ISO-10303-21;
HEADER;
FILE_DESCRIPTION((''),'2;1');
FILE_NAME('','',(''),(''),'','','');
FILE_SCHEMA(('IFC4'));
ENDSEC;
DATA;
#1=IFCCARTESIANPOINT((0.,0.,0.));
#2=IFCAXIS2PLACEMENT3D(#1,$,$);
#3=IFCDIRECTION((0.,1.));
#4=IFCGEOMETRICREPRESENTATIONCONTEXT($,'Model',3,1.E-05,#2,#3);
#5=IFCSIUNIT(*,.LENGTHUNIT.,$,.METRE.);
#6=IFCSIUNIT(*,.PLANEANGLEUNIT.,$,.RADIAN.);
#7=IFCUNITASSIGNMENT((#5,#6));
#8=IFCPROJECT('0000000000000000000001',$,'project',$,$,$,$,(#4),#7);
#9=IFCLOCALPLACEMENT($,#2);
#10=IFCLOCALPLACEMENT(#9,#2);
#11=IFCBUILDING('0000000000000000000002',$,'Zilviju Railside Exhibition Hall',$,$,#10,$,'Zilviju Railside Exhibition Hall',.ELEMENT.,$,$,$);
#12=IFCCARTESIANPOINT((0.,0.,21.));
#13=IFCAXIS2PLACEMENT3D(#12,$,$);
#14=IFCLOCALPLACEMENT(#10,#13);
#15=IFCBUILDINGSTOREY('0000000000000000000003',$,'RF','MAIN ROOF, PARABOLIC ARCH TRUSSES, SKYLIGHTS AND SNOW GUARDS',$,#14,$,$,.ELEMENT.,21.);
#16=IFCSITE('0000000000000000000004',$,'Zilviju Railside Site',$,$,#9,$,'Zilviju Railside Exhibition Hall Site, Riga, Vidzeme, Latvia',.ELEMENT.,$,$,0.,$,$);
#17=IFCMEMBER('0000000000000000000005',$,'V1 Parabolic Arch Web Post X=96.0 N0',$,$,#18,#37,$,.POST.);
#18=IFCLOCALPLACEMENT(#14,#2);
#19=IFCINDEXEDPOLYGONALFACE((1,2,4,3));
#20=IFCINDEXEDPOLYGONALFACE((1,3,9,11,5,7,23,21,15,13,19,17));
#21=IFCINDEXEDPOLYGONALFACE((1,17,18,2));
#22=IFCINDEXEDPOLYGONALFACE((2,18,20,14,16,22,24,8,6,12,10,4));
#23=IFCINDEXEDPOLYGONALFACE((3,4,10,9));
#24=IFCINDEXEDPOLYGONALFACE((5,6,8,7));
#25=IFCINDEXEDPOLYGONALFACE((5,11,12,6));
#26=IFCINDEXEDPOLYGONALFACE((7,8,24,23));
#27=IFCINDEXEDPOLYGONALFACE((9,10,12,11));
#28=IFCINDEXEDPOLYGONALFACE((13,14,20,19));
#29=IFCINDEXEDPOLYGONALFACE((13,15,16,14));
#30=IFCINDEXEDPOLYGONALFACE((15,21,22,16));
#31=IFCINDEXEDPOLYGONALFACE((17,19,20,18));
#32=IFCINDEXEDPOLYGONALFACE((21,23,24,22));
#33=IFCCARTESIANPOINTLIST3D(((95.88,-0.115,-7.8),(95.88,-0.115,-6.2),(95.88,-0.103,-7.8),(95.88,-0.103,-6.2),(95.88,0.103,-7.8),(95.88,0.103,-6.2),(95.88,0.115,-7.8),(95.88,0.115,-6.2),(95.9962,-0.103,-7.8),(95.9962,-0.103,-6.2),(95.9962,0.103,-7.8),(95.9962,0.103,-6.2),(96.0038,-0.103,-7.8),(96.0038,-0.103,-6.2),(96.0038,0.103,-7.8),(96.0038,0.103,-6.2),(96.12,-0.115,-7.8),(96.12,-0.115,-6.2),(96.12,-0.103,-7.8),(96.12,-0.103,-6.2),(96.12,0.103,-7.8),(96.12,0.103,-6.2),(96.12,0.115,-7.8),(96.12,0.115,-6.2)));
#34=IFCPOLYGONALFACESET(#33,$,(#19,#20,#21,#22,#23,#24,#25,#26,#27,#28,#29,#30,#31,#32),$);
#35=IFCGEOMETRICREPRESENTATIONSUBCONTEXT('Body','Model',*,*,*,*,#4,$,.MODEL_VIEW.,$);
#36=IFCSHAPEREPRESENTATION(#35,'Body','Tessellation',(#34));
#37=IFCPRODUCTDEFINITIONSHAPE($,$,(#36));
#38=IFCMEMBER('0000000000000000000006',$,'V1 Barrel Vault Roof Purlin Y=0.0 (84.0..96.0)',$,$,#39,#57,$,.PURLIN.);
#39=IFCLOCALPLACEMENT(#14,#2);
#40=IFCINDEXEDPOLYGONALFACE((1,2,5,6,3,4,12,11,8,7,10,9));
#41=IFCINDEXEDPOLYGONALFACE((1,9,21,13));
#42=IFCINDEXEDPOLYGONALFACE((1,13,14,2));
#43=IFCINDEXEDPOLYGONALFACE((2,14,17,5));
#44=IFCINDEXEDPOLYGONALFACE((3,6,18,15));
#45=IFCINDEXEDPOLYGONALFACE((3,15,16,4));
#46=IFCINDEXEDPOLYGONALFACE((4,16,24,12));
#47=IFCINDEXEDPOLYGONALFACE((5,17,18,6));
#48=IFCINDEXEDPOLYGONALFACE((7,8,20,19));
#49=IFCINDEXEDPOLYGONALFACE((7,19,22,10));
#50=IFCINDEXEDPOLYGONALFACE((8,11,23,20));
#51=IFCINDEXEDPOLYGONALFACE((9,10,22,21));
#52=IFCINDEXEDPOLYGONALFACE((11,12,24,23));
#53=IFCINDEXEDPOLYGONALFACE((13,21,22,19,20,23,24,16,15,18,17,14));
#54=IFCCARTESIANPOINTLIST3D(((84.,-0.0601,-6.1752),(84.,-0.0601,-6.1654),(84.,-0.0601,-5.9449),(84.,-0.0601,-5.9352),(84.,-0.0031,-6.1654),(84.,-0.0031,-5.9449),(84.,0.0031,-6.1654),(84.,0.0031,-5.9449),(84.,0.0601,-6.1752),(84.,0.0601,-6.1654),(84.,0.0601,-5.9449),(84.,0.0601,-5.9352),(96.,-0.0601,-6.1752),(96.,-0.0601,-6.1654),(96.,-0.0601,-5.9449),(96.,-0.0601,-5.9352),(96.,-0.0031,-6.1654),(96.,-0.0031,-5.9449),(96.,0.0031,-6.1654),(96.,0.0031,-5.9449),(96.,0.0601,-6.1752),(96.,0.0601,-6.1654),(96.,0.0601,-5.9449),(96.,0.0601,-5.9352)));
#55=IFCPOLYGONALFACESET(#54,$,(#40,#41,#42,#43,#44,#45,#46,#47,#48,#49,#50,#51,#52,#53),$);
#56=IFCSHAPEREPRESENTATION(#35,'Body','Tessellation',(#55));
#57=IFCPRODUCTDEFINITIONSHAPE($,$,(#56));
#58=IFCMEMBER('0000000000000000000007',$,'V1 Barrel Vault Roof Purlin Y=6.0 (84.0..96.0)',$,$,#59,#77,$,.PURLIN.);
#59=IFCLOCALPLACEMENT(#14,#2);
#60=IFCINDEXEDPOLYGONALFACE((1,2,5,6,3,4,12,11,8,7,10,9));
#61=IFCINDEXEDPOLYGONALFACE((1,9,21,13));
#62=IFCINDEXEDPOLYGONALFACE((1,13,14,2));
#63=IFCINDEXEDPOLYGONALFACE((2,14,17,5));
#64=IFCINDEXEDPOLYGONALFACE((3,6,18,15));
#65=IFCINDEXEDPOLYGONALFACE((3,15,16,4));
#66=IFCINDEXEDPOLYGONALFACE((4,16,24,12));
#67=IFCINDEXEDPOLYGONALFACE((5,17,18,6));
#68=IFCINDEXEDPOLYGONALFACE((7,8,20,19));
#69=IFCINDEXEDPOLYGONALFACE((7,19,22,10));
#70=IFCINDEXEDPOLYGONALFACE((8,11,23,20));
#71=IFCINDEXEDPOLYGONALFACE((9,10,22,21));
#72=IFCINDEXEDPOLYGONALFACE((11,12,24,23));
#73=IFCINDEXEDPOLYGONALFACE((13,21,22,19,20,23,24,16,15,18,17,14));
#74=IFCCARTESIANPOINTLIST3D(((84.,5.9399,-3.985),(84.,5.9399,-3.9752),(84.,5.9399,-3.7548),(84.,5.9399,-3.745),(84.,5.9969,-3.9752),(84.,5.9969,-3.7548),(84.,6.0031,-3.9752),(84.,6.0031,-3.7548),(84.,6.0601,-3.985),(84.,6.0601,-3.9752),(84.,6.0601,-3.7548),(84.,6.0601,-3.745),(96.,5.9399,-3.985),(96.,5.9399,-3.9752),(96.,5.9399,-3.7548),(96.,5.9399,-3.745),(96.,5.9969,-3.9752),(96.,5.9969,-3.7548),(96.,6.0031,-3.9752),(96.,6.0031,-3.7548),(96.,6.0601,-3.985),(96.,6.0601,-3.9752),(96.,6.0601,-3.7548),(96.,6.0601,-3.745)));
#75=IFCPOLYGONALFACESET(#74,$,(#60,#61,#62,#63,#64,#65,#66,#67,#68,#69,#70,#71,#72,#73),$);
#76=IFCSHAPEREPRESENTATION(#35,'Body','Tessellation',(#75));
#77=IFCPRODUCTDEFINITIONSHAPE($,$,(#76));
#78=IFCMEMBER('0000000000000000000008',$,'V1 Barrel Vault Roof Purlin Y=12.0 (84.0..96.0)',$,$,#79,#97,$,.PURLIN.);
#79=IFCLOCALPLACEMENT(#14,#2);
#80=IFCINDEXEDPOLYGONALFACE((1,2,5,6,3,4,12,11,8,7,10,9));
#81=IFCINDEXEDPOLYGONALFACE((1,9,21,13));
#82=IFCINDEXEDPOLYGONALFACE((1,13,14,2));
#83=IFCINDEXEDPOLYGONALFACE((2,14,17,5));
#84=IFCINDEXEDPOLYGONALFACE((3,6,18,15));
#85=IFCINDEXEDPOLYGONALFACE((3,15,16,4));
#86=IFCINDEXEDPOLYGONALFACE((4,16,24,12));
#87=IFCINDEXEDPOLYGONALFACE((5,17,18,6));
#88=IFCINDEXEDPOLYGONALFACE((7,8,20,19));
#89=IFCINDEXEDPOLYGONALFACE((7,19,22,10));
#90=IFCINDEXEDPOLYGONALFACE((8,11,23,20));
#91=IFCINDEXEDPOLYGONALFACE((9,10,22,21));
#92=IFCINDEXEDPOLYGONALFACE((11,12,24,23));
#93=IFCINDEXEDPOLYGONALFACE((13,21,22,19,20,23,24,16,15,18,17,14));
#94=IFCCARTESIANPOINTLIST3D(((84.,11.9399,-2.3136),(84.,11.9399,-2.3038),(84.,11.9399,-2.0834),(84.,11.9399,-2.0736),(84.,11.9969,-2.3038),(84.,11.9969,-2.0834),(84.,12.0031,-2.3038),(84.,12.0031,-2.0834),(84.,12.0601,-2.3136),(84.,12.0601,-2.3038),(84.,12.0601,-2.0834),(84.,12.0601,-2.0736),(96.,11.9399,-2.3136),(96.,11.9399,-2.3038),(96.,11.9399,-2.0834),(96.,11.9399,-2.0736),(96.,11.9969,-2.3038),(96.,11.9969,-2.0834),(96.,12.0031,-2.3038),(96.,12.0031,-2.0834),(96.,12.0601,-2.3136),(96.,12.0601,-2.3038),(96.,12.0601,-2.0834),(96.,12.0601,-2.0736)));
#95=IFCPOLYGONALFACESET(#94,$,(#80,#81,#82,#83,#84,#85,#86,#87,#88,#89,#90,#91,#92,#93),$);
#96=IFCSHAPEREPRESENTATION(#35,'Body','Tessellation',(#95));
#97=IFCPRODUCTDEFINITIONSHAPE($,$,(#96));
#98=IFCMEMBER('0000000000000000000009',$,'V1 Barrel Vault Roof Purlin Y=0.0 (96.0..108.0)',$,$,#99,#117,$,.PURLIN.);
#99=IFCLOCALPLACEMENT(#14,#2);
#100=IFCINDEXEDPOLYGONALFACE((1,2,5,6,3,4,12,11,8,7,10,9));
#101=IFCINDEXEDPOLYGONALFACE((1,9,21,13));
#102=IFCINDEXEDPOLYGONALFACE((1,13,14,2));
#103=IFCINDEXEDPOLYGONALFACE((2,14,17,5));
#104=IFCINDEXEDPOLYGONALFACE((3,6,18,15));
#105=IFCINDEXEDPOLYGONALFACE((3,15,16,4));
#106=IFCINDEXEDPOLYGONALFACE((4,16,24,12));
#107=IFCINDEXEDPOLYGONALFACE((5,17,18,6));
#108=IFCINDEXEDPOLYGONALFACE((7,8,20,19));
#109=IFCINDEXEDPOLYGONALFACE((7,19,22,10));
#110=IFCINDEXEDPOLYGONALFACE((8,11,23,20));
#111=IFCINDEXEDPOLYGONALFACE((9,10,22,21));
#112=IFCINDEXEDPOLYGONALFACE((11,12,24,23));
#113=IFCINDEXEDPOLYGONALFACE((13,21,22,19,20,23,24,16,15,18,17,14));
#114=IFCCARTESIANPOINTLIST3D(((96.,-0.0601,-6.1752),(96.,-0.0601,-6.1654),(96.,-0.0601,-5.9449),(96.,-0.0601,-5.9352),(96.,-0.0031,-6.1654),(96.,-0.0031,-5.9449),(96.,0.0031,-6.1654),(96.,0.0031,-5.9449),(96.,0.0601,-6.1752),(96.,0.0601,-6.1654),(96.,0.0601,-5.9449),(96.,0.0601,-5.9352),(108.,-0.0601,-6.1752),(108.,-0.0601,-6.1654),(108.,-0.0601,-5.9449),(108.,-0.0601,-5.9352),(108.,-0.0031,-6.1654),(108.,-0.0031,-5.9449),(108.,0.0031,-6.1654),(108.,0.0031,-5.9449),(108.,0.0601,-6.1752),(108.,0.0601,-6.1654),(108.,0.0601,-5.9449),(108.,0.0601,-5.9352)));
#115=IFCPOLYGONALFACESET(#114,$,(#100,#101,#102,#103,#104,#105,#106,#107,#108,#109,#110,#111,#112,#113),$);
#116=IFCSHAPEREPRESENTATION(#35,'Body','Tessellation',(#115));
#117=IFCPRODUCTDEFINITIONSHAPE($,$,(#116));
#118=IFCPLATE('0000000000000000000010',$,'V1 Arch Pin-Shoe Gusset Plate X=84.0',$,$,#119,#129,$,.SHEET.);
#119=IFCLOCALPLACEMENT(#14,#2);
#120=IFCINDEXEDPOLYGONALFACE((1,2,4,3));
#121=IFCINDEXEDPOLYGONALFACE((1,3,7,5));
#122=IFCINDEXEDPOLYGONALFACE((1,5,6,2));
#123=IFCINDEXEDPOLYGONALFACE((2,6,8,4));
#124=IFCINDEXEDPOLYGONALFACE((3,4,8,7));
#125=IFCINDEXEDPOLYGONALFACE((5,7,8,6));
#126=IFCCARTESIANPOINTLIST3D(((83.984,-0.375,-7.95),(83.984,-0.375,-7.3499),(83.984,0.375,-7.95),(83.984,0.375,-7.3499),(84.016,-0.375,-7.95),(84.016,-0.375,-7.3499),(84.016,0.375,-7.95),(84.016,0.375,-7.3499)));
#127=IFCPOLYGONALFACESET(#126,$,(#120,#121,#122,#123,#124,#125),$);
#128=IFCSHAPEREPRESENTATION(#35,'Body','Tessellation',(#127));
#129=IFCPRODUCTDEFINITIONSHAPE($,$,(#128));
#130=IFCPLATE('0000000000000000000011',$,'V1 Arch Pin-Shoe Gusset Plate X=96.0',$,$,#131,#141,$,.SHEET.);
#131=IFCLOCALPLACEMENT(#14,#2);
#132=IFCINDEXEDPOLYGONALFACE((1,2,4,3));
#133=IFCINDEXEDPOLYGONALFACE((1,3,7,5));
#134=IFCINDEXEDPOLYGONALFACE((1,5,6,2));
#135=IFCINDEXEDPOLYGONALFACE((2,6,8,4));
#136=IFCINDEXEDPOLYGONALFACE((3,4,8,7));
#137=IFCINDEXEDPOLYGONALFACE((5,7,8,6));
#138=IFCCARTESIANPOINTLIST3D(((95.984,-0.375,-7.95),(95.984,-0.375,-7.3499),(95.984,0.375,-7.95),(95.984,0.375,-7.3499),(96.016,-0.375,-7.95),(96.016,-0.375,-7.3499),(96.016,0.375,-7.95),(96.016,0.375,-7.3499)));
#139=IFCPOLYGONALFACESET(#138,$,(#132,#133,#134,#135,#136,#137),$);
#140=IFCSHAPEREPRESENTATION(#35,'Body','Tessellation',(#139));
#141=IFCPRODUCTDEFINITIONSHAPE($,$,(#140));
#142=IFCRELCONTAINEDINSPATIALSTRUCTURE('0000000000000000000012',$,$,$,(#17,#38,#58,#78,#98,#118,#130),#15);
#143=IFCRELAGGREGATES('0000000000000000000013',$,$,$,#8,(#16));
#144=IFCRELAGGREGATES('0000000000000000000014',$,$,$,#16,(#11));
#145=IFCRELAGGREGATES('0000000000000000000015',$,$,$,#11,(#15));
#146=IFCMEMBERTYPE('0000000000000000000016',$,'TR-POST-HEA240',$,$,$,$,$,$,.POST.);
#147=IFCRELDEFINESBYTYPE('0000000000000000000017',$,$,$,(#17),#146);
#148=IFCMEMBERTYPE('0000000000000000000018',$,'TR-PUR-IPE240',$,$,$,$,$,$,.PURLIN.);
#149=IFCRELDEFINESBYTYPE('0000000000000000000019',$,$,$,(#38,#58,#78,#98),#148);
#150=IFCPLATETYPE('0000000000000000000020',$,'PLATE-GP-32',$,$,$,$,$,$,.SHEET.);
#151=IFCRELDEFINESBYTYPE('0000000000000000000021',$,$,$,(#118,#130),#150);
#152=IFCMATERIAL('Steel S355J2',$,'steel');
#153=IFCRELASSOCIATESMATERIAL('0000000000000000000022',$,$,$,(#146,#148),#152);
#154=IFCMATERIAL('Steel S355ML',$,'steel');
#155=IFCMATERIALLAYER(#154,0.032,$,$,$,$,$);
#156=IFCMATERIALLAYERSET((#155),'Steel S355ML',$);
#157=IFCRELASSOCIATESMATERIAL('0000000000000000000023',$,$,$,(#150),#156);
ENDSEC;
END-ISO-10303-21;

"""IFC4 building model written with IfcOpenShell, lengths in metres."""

from ifc_helpers import new_model, si_unit, direction, frame, origin, origin_2d, place, context, subcontext, project, spatial, rectangle, i_section, extrude, material, layer, layer_set, material_profile, profile_set, type_object, element, save


model = new_model("IFC4")

# Units and contexts
model_context = context("Model", 3, precision=1e-05, world=origin(), true_north=direction((0.0, 1.0)))
body_context = subcontext(model_context, "Body", "Model", "MODEL_VIEW")
ifc_project = project(units=[si_unit("LENGTHUNIT", "METRE"), si_unit("PLANEANGLEUNIT", "RADIAN")], contexts=[model_context])

# Site, building, storey
site_placement = place(None, origin())
site = spatial("IfcSite", under=ifc_project, at=site_placement, Name="Zilviju Railside Site", LongName="Zilviju Railside Exhibition Hall Site, Riga, Vidzeme, Latvia", CompositionType="ELEMENT", RefElevation=0.0)
building_placement = place(site_placement, origin())
building = spatial("IfcBuilding", under=site, at=building_placement, Name="Zilviju Railside Exhibition Hall", LongName="Zilviju Railside Exhibition Hall", CompositionType="ELEMENT")
storey_placement = place(building_placement, frame((0.0, 0.0, 21.0)))
storey = spatial("IfcBuildingStorey", under=building, at=storey_placement, Name="RF", Description="MAIN ROOF, PARABOLIC ARCH TRUSSES, SKYLIGHTS AND SNOW GUARDS", CompositionType="ELEMENT", Elevation=21.0)

# Members
ifc_material_1 = material(Name="Steel S355J2", Category="steel")
ifc_material_profile_1 = material_profile(ifc_material_1, i_section(OverallWidth=0.24, OverallDepth=0.23, WebThickness=0.0076, FlangeThickness=0.012, at=origin_2d()), Name="HEA 240")
ifc_profile_set_1 = profile_set([ifc_material_profile_1], Name="Steel S355J2")
member_type_1 = type_object("IfcMemberType", Name="TR-POST-HEA240", PredefinedType="POST", material=ifc_profile_set_1)
for number, where, z_axis, x_axis, name in (
    (1, (96.0, 0.0, -7.8), (0.0, 0.0, 1.0), (1.0, 0.0, 0.0), "V1 Parabolic Arch Web Post X=96.0 N0"),
):
    element("IfcMember", number, at=place(storey_placement, frame(where, z_axis=z_axis, x_axis=x_axis)), inside=storey, type_object=member_type_1, Name=name, PredefinedType="POST", context=body_context, shape_type="SweptSolid", body=[
        extrude(i_section(OverallWidth=0.24, OverallDepth=0.23, WebThickness=0.0076, FlangeThickness=0.012, at=origin_2d()), origin(), (0.0, 0.0, 1.0), 1.6001),
    ])
ifc_material_profile_2 = material_profile(ifc_material_1, i_section(OverallWidth=0.1201, OverallDepth=0.24, WebThickness=0.0061, FlangeThickness=0.0098, at=origin_2d()), Name="IPE 240")
ifc_profile_set_2 = profile_set([ifc_material_profile_2], Name="Steel S355J2")
member_type_2 = type_object("IfcMemberType", Name="TR-PUR-IPE240", PredefinedType="PURLIN", material=ifc_profile_set_2)
for number, where, z_axis, x_axis, name in (
    (2, (84.0, 0.0, -6.0552), (1.0, 0.0, 0.0), (0.0, 1.0, 0.0), "V1 Barrel Vault Roof Purlin Y=0.0 (84.0..96.0)"),
    (3, (84.0, 6.0, -3.865), (1.0, 0.0, 0.0), (0.0, 1.0, 0.0), "V1 Barrel Vault Roof Purlin Y=6.0 (84.0..96.0)"),
    (4, (84.0, 12.0, -2.1936), (1.0, 0.0, 0.0), (0.0, 1.0, 0.0), "V1 Barrel Vault Roof Purlin Y=12.0 (84.0..96.0)"),
    (5, (96.0, 0.0, -6.0552), (1.0, 0.0, 0.0), (0.0, 1.0, 0.0), "V1 Barrel Vault Roof Purlin Y=0.0 (96.0..108.0)"),
):
    element("IfcMember", number, at=place(storey_placement, frame(where, z_axis=z_axis, x_axis=x_axis)), inside=storey, type_object=member_type_2, Name=name, PredefinedType="PURLIN", context=body_context, shape_type="SweptSolid", body=[
        extrude(i_section(OverallWidth=0.1201, OverallDepth=0.24, WebThickness=0.0061, FlangeThickness=0.0098, at=origin_2d()), origin(), (0.0, 0.0, 1.0), 12.0),
    ])

# Plates
ifc_material_2 = material(Name="Steel S355ML", Category="steel")
ifc_layer = layer(ifc_material_2, 0.032)
ifc_layer_set = layer_set([ifc_layer], Name="Steel S355ML")
plate_type = type_object("IfcPlateType", Name="PLATE-GP-32", PredefinedType="SHEET", material=ifc_layer_set)
for number, where, z_axis, x_axis, name in (
    (6, (84.0, 0.0, -7.95), (0.0, 0.0, 1.0), (1.0, 0.0, 0.0), "V1 Arch Pin-Shoe Gusset Plate X=84.0"),
    (7, (96.0, 0.0, -7.95), (0.0, 0.0, 1.0), (1.0, 0.0, 0.0), "V1 Arch Pin-Shoe Gusset Plate X=96.0"),
):
    element("IfcPlate", number, at=place(storey_placement, frame(where, z_axis=z_axis, x_axis=x_axis)), inside=storey, type_object=plate_type, Name=name, PredefinedType="SHEET", context=body_context, shape_type="SweptSolid", body=[
        extrude(rectangle(XDim=0.032, YDim=0.75, at=origin_2d()), origin(), (0.0, 0.0, 1.0), 0.6001),
    ])

save(model, "model.ifc")
